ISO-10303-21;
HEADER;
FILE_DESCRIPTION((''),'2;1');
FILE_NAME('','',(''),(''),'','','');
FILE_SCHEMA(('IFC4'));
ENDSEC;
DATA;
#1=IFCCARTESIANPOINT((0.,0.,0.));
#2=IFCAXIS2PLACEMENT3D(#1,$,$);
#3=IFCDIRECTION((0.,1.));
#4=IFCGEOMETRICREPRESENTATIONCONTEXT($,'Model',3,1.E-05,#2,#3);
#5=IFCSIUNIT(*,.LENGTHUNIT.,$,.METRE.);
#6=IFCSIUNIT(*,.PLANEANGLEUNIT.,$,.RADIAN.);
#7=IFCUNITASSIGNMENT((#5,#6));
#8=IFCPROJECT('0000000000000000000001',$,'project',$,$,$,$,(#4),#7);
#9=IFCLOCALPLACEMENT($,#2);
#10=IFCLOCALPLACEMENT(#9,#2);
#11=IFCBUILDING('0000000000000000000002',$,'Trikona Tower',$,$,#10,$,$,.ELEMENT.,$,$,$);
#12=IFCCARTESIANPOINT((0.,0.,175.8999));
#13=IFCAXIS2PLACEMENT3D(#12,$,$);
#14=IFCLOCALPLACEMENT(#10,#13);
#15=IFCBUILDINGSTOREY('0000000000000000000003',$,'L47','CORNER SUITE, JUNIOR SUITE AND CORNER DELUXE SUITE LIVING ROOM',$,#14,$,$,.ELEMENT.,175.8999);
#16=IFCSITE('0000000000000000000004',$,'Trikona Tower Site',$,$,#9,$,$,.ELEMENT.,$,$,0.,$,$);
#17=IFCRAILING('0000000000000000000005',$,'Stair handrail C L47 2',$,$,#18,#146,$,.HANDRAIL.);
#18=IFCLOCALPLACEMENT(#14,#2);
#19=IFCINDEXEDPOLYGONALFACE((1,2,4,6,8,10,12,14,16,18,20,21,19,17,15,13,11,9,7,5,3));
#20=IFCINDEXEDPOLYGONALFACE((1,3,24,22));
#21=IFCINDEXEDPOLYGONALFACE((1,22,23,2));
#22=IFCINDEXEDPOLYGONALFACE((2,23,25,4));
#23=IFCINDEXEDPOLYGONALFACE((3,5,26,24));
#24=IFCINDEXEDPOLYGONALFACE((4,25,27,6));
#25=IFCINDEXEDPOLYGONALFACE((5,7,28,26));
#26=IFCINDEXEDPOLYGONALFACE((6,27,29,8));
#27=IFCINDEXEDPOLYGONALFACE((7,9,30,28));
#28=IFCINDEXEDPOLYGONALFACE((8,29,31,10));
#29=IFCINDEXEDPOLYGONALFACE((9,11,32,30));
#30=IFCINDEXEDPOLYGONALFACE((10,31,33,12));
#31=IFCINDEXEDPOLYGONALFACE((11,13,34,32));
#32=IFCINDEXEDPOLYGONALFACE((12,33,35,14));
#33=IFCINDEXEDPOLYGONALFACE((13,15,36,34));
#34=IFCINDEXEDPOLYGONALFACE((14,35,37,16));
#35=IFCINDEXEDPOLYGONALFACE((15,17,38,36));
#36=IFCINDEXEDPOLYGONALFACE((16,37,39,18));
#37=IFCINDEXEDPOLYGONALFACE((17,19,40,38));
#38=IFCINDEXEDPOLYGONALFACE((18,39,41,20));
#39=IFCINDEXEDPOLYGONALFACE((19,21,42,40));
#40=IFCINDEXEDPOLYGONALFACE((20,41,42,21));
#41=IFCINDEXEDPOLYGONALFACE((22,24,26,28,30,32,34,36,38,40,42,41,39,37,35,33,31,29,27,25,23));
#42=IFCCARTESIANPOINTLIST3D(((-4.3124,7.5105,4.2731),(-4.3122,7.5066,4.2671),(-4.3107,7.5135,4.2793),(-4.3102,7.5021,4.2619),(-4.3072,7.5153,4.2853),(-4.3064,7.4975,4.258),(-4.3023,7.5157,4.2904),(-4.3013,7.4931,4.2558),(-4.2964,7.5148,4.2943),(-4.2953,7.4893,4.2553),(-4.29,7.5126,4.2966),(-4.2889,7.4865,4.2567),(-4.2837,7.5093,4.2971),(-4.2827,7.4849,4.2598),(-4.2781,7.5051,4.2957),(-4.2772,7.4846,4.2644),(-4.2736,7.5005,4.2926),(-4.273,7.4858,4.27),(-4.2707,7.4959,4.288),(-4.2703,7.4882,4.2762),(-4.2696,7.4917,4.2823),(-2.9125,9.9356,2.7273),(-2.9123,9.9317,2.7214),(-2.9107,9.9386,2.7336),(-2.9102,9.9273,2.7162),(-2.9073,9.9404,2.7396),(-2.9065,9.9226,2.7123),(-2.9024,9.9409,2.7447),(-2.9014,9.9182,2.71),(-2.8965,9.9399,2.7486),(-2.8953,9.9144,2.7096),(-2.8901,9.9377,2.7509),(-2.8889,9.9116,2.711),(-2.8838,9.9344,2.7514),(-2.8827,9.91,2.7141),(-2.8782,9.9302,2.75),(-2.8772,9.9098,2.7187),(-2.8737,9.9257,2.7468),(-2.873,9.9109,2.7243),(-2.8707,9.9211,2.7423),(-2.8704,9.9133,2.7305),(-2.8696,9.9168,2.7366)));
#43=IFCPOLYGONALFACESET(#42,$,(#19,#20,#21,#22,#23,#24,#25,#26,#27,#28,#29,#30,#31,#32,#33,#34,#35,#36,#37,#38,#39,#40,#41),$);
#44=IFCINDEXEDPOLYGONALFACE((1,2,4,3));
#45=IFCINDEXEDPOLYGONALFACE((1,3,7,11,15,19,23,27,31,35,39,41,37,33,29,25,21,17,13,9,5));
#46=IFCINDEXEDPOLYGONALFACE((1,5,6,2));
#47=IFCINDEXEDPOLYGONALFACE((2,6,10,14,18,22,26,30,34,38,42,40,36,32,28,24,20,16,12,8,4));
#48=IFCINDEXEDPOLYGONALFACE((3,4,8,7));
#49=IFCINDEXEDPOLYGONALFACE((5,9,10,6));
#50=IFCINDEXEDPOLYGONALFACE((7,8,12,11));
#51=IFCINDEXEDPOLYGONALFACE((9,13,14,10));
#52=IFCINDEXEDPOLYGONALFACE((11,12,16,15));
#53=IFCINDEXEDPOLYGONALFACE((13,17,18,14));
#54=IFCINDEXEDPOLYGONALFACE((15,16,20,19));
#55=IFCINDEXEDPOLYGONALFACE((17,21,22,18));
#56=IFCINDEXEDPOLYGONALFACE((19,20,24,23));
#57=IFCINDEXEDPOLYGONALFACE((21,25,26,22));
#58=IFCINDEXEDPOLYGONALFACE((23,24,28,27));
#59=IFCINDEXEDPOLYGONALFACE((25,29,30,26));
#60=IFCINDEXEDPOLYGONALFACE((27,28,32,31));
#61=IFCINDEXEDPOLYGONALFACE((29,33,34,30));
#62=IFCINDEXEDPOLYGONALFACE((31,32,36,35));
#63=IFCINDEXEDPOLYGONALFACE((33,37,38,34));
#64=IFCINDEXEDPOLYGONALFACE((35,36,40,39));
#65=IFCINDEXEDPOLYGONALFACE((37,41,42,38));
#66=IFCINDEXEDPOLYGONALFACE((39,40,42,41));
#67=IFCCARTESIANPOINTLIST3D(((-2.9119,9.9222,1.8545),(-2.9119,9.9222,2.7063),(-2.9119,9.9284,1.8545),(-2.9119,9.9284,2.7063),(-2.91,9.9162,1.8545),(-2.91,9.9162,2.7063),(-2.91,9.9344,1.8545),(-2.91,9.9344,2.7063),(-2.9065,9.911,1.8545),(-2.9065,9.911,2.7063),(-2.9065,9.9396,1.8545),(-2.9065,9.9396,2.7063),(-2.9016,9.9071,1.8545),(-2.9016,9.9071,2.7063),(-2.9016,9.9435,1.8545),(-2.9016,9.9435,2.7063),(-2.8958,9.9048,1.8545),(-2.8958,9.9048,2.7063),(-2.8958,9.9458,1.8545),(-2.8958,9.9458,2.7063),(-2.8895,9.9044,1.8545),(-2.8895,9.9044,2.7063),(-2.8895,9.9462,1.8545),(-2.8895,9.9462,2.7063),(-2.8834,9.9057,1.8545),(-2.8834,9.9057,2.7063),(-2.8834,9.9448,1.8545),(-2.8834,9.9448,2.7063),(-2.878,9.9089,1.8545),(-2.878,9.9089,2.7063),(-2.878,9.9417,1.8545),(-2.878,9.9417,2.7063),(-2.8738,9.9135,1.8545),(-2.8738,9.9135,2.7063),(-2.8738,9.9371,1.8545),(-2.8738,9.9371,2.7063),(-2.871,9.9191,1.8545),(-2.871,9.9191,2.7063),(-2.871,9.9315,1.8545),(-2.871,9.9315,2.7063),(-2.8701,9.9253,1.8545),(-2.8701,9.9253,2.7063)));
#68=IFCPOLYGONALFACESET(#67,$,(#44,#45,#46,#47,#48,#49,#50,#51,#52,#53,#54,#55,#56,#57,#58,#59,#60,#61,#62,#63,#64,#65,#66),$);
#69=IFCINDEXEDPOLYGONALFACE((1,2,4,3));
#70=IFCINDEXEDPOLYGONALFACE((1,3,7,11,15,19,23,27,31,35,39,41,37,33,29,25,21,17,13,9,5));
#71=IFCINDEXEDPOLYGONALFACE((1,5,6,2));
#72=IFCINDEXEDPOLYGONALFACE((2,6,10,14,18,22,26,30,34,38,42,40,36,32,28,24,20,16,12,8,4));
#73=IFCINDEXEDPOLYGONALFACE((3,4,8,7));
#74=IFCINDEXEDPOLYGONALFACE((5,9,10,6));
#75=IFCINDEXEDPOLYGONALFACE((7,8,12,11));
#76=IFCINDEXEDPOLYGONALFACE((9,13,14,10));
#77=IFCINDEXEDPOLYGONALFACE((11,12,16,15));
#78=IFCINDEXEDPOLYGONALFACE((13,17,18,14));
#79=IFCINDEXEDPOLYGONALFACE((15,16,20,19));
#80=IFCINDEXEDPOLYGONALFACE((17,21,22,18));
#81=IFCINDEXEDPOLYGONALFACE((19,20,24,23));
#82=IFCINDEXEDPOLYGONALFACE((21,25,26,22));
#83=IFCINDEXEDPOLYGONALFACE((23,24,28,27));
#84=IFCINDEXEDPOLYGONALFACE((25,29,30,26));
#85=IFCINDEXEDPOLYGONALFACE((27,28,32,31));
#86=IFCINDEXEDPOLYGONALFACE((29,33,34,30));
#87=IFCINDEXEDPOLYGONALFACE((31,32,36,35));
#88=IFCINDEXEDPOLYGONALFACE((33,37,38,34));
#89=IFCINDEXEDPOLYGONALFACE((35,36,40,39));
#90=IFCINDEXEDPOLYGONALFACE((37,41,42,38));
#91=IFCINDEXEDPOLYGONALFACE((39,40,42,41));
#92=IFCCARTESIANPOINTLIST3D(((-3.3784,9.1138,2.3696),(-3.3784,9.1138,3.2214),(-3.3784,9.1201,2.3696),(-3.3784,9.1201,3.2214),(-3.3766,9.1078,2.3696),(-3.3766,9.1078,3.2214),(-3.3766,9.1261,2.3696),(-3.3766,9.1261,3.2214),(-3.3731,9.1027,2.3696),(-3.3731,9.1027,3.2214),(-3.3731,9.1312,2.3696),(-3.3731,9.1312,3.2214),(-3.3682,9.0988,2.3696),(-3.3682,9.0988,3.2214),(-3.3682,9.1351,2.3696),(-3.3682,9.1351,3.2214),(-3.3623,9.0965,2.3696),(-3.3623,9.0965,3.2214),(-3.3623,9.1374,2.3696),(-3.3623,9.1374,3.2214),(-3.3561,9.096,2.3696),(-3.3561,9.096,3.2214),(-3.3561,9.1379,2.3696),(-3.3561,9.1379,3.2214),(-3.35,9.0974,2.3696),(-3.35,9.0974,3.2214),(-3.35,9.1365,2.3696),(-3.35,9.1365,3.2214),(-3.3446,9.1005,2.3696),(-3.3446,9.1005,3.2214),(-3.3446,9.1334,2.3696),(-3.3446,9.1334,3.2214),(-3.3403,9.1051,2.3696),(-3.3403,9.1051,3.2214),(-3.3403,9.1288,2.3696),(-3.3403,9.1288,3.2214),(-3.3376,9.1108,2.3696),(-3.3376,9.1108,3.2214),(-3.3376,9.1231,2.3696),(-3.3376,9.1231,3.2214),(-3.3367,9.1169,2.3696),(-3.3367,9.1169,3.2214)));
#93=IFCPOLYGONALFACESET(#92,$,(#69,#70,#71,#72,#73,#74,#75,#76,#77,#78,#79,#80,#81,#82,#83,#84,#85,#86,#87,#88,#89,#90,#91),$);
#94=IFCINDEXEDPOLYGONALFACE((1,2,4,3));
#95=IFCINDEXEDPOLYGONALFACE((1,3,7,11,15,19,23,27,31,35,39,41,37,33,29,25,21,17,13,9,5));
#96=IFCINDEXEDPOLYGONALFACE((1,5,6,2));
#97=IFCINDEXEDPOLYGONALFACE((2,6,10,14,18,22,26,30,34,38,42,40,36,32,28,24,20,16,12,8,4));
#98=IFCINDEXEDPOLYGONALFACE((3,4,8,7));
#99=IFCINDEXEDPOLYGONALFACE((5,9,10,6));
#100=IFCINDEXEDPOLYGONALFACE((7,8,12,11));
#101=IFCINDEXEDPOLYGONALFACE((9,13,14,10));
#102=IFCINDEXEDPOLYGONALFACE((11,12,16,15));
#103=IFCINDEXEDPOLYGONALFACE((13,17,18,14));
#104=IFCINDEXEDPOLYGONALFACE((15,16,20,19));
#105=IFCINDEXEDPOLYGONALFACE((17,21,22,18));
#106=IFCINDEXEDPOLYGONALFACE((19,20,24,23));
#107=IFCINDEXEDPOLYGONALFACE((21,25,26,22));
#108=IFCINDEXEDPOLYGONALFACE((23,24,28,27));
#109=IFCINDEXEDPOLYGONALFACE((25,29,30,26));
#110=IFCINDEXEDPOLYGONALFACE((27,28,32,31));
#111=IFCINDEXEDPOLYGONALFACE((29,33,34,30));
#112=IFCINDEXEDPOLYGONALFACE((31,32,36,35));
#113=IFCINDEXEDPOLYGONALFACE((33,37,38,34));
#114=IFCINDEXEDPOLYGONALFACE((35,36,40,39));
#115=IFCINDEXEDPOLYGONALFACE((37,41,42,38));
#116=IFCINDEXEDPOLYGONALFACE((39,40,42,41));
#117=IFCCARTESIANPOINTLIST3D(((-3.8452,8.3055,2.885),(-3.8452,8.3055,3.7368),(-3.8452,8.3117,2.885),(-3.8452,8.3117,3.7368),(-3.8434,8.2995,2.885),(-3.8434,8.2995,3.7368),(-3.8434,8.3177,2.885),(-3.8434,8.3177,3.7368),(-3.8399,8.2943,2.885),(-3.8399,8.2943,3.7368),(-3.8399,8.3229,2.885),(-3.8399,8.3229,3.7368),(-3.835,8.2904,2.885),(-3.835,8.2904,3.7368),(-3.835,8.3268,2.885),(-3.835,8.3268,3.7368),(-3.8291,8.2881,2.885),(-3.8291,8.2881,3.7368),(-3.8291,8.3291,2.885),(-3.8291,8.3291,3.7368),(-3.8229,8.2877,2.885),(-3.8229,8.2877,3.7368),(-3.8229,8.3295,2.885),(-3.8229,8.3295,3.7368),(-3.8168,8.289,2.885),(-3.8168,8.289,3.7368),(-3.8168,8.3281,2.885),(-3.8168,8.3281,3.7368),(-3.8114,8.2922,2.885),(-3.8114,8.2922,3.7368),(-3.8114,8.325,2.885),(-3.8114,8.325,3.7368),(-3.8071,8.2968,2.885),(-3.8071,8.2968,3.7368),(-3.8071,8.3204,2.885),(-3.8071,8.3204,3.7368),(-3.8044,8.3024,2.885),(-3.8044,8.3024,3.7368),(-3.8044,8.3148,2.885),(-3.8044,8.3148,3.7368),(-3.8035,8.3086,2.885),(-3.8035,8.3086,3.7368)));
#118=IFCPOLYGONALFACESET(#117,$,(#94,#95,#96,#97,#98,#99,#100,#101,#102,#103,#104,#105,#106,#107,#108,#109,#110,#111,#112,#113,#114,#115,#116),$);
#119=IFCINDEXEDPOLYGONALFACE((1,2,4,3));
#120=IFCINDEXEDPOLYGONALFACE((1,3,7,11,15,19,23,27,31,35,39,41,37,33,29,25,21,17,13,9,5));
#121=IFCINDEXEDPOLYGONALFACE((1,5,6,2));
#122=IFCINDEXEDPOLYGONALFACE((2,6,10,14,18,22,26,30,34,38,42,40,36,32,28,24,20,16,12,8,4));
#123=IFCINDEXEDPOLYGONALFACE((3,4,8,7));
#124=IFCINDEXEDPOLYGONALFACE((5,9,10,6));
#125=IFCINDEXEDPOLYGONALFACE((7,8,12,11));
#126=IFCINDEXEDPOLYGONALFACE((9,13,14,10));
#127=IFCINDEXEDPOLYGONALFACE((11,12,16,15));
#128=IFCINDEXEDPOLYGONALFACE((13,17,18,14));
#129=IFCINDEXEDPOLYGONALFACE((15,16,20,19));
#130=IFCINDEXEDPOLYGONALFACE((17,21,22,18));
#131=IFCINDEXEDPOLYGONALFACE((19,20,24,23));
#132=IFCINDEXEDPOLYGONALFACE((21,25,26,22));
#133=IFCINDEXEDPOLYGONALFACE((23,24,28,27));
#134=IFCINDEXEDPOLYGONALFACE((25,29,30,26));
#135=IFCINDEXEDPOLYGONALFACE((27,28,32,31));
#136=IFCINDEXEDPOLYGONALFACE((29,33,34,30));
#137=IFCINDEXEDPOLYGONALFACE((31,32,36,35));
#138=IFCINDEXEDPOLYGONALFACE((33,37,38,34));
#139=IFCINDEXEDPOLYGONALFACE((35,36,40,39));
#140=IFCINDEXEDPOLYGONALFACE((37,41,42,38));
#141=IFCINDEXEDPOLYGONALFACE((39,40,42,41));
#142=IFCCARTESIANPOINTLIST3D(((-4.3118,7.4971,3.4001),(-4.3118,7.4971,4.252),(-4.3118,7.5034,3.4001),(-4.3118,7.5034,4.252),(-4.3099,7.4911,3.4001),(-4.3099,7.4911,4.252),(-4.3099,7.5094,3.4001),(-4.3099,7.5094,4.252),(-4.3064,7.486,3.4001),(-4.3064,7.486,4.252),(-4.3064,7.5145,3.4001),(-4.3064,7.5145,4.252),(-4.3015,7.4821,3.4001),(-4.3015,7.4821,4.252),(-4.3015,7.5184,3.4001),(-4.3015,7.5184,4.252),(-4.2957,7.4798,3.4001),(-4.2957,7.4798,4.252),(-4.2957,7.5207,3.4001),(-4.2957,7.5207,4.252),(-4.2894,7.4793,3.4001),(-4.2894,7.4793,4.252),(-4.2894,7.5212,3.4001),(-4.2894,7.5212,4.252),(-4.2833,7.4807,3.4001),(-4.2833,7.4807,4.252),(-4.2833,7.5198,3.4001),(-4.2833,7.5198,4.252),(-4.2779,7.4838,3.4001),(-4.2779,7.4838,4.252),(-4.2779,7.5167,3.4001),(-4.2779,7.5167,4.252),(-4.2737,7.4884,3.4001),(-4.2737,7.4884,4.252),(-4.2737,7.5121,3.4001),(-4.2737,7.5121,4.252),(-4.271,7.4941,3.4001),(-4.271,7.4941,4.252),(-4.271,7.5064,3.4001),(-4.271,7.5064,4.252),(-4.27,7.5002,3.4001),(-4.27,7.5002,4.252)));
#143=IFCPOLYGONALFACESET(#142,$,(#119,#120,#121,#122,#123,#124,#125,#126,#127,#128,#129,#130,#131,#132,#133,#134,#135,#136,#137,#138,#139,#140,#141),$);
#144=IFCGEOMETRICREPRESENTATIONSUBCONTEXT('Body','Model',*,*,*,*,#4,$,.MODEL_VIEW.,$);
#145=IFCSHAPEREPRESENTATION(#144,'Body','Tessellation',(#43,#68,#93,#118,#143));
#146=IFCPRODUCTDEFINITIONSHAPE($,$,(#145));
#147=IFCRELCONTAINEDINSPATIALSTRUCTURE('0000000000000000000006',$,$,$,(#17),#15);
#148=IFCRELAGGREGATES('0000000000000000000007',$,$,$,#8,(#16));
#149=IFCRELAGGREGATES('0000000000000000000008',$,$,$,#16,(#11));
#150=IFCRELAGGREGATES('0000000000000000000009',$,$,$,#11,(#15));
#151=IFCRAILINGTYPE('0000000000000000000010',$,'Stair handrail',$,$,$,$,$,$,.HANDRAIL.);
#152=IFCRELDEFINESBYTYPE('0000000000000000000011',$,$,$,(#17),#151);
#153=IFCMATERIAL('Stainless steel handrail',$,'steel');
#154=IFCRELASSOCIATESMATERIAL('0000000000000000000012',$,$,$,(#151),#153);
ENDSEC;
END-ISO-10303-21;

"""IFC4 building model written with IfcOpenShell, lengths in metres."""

from ifc_helpers import new_model, si_unit, direction, frame, origin, origin_2d, place, context, subcontext, project, spatial, circle, extrude, material, type_object, element, save


model = new_model("IFC4")

# Units and contexts
model_context = context("Model", 3, precision=1e-05, world=origin(), true_north=direction((0.0, 1.0)))
body_context = subcontext(model_context, "Body", "Model", "MODEL_VIEW")
ifc_project = project(units=[si_unit("LENGTHUNIT", "METRE"), si_unit("PLANEANGLEUNIT", "RADIAN")], contexts=[model_context])

# Site, building, storey
site_placement = place(None, origin())
site = spatial("IfcSite", under=ifc_project, at=site_placement, Name="Trikona Tower Site", CompositionType="ELEMENT", RefElevation=0.0)
building_placement = place(site_placement, origin())
building = spatial("IfcBuilding", under=site, at=building_placement, Name="Trikona Tower", CompositionType="ELEMENT")
storey_placement = place(building_placement, frame((0.0, 0.0, 175.8999)))
storey = spatial("IfcBuildingStorey", under=building, at=storey_placement, Name="L47", Description="CORNER SUITE, JUNIOR SUITE AND CORNER DELUXE SUITE LIVING ROOM", CompositionType="ELEMENT", Elevation=175.8999)

# Railing
ifc_material_1 = material(Name="Stainless steel handrail", Category="steel")
railing_type = type_object("IfcRailingType", Name="Stair handrail", PredefinedType="HANDRAIL", material=ifc_material_1)
railing_1_placement = place(storey_placement, frame((-2.8911, 9.9253, 1.8545)))
element("IfcRailing", 1, at=railing_1_placement, inside=storey, type_object=railing_type, Name="Stair handrail C L47 2", PredefinedType="HANDRAIL", context=body_context, shape_type="SweptSolid", body=[
    extrude(circle(Radius=0.0239, at=origin_2d()), frame((0.0, 0.0, 0.876), z_axis=(-0.437691, -0.758212, 0.483262), x_axis=(0.866056, -0.499946, 0.0)), (0.0, 0.0, 1.0), 3.1985),
    extrude(circle(Radius=0.021, at=origin_2d()), origin(), (0.0, 0.0, 1.0), 0.8518),
    extrude(circle(Radius=0.021, at=origin_2d()), frame((-0.4666, -0.8083, 0.5151)), (0.0, 0.0, 1.0), 0.8518),
    extrude(circle(Radius=0.021, at=origin_2d()), frame((-0.9333, -1.6167, 1.0305)), (0.0, 0.0, 1.0), 0.8518),
    extrude(circle(Radius=0.021, at=origin_2d()), frame((-1.3999, -2.425, 1.5457)), (0.0, 0.0, 1.0), 0.8518),
])

save(model, "model.ifc")
